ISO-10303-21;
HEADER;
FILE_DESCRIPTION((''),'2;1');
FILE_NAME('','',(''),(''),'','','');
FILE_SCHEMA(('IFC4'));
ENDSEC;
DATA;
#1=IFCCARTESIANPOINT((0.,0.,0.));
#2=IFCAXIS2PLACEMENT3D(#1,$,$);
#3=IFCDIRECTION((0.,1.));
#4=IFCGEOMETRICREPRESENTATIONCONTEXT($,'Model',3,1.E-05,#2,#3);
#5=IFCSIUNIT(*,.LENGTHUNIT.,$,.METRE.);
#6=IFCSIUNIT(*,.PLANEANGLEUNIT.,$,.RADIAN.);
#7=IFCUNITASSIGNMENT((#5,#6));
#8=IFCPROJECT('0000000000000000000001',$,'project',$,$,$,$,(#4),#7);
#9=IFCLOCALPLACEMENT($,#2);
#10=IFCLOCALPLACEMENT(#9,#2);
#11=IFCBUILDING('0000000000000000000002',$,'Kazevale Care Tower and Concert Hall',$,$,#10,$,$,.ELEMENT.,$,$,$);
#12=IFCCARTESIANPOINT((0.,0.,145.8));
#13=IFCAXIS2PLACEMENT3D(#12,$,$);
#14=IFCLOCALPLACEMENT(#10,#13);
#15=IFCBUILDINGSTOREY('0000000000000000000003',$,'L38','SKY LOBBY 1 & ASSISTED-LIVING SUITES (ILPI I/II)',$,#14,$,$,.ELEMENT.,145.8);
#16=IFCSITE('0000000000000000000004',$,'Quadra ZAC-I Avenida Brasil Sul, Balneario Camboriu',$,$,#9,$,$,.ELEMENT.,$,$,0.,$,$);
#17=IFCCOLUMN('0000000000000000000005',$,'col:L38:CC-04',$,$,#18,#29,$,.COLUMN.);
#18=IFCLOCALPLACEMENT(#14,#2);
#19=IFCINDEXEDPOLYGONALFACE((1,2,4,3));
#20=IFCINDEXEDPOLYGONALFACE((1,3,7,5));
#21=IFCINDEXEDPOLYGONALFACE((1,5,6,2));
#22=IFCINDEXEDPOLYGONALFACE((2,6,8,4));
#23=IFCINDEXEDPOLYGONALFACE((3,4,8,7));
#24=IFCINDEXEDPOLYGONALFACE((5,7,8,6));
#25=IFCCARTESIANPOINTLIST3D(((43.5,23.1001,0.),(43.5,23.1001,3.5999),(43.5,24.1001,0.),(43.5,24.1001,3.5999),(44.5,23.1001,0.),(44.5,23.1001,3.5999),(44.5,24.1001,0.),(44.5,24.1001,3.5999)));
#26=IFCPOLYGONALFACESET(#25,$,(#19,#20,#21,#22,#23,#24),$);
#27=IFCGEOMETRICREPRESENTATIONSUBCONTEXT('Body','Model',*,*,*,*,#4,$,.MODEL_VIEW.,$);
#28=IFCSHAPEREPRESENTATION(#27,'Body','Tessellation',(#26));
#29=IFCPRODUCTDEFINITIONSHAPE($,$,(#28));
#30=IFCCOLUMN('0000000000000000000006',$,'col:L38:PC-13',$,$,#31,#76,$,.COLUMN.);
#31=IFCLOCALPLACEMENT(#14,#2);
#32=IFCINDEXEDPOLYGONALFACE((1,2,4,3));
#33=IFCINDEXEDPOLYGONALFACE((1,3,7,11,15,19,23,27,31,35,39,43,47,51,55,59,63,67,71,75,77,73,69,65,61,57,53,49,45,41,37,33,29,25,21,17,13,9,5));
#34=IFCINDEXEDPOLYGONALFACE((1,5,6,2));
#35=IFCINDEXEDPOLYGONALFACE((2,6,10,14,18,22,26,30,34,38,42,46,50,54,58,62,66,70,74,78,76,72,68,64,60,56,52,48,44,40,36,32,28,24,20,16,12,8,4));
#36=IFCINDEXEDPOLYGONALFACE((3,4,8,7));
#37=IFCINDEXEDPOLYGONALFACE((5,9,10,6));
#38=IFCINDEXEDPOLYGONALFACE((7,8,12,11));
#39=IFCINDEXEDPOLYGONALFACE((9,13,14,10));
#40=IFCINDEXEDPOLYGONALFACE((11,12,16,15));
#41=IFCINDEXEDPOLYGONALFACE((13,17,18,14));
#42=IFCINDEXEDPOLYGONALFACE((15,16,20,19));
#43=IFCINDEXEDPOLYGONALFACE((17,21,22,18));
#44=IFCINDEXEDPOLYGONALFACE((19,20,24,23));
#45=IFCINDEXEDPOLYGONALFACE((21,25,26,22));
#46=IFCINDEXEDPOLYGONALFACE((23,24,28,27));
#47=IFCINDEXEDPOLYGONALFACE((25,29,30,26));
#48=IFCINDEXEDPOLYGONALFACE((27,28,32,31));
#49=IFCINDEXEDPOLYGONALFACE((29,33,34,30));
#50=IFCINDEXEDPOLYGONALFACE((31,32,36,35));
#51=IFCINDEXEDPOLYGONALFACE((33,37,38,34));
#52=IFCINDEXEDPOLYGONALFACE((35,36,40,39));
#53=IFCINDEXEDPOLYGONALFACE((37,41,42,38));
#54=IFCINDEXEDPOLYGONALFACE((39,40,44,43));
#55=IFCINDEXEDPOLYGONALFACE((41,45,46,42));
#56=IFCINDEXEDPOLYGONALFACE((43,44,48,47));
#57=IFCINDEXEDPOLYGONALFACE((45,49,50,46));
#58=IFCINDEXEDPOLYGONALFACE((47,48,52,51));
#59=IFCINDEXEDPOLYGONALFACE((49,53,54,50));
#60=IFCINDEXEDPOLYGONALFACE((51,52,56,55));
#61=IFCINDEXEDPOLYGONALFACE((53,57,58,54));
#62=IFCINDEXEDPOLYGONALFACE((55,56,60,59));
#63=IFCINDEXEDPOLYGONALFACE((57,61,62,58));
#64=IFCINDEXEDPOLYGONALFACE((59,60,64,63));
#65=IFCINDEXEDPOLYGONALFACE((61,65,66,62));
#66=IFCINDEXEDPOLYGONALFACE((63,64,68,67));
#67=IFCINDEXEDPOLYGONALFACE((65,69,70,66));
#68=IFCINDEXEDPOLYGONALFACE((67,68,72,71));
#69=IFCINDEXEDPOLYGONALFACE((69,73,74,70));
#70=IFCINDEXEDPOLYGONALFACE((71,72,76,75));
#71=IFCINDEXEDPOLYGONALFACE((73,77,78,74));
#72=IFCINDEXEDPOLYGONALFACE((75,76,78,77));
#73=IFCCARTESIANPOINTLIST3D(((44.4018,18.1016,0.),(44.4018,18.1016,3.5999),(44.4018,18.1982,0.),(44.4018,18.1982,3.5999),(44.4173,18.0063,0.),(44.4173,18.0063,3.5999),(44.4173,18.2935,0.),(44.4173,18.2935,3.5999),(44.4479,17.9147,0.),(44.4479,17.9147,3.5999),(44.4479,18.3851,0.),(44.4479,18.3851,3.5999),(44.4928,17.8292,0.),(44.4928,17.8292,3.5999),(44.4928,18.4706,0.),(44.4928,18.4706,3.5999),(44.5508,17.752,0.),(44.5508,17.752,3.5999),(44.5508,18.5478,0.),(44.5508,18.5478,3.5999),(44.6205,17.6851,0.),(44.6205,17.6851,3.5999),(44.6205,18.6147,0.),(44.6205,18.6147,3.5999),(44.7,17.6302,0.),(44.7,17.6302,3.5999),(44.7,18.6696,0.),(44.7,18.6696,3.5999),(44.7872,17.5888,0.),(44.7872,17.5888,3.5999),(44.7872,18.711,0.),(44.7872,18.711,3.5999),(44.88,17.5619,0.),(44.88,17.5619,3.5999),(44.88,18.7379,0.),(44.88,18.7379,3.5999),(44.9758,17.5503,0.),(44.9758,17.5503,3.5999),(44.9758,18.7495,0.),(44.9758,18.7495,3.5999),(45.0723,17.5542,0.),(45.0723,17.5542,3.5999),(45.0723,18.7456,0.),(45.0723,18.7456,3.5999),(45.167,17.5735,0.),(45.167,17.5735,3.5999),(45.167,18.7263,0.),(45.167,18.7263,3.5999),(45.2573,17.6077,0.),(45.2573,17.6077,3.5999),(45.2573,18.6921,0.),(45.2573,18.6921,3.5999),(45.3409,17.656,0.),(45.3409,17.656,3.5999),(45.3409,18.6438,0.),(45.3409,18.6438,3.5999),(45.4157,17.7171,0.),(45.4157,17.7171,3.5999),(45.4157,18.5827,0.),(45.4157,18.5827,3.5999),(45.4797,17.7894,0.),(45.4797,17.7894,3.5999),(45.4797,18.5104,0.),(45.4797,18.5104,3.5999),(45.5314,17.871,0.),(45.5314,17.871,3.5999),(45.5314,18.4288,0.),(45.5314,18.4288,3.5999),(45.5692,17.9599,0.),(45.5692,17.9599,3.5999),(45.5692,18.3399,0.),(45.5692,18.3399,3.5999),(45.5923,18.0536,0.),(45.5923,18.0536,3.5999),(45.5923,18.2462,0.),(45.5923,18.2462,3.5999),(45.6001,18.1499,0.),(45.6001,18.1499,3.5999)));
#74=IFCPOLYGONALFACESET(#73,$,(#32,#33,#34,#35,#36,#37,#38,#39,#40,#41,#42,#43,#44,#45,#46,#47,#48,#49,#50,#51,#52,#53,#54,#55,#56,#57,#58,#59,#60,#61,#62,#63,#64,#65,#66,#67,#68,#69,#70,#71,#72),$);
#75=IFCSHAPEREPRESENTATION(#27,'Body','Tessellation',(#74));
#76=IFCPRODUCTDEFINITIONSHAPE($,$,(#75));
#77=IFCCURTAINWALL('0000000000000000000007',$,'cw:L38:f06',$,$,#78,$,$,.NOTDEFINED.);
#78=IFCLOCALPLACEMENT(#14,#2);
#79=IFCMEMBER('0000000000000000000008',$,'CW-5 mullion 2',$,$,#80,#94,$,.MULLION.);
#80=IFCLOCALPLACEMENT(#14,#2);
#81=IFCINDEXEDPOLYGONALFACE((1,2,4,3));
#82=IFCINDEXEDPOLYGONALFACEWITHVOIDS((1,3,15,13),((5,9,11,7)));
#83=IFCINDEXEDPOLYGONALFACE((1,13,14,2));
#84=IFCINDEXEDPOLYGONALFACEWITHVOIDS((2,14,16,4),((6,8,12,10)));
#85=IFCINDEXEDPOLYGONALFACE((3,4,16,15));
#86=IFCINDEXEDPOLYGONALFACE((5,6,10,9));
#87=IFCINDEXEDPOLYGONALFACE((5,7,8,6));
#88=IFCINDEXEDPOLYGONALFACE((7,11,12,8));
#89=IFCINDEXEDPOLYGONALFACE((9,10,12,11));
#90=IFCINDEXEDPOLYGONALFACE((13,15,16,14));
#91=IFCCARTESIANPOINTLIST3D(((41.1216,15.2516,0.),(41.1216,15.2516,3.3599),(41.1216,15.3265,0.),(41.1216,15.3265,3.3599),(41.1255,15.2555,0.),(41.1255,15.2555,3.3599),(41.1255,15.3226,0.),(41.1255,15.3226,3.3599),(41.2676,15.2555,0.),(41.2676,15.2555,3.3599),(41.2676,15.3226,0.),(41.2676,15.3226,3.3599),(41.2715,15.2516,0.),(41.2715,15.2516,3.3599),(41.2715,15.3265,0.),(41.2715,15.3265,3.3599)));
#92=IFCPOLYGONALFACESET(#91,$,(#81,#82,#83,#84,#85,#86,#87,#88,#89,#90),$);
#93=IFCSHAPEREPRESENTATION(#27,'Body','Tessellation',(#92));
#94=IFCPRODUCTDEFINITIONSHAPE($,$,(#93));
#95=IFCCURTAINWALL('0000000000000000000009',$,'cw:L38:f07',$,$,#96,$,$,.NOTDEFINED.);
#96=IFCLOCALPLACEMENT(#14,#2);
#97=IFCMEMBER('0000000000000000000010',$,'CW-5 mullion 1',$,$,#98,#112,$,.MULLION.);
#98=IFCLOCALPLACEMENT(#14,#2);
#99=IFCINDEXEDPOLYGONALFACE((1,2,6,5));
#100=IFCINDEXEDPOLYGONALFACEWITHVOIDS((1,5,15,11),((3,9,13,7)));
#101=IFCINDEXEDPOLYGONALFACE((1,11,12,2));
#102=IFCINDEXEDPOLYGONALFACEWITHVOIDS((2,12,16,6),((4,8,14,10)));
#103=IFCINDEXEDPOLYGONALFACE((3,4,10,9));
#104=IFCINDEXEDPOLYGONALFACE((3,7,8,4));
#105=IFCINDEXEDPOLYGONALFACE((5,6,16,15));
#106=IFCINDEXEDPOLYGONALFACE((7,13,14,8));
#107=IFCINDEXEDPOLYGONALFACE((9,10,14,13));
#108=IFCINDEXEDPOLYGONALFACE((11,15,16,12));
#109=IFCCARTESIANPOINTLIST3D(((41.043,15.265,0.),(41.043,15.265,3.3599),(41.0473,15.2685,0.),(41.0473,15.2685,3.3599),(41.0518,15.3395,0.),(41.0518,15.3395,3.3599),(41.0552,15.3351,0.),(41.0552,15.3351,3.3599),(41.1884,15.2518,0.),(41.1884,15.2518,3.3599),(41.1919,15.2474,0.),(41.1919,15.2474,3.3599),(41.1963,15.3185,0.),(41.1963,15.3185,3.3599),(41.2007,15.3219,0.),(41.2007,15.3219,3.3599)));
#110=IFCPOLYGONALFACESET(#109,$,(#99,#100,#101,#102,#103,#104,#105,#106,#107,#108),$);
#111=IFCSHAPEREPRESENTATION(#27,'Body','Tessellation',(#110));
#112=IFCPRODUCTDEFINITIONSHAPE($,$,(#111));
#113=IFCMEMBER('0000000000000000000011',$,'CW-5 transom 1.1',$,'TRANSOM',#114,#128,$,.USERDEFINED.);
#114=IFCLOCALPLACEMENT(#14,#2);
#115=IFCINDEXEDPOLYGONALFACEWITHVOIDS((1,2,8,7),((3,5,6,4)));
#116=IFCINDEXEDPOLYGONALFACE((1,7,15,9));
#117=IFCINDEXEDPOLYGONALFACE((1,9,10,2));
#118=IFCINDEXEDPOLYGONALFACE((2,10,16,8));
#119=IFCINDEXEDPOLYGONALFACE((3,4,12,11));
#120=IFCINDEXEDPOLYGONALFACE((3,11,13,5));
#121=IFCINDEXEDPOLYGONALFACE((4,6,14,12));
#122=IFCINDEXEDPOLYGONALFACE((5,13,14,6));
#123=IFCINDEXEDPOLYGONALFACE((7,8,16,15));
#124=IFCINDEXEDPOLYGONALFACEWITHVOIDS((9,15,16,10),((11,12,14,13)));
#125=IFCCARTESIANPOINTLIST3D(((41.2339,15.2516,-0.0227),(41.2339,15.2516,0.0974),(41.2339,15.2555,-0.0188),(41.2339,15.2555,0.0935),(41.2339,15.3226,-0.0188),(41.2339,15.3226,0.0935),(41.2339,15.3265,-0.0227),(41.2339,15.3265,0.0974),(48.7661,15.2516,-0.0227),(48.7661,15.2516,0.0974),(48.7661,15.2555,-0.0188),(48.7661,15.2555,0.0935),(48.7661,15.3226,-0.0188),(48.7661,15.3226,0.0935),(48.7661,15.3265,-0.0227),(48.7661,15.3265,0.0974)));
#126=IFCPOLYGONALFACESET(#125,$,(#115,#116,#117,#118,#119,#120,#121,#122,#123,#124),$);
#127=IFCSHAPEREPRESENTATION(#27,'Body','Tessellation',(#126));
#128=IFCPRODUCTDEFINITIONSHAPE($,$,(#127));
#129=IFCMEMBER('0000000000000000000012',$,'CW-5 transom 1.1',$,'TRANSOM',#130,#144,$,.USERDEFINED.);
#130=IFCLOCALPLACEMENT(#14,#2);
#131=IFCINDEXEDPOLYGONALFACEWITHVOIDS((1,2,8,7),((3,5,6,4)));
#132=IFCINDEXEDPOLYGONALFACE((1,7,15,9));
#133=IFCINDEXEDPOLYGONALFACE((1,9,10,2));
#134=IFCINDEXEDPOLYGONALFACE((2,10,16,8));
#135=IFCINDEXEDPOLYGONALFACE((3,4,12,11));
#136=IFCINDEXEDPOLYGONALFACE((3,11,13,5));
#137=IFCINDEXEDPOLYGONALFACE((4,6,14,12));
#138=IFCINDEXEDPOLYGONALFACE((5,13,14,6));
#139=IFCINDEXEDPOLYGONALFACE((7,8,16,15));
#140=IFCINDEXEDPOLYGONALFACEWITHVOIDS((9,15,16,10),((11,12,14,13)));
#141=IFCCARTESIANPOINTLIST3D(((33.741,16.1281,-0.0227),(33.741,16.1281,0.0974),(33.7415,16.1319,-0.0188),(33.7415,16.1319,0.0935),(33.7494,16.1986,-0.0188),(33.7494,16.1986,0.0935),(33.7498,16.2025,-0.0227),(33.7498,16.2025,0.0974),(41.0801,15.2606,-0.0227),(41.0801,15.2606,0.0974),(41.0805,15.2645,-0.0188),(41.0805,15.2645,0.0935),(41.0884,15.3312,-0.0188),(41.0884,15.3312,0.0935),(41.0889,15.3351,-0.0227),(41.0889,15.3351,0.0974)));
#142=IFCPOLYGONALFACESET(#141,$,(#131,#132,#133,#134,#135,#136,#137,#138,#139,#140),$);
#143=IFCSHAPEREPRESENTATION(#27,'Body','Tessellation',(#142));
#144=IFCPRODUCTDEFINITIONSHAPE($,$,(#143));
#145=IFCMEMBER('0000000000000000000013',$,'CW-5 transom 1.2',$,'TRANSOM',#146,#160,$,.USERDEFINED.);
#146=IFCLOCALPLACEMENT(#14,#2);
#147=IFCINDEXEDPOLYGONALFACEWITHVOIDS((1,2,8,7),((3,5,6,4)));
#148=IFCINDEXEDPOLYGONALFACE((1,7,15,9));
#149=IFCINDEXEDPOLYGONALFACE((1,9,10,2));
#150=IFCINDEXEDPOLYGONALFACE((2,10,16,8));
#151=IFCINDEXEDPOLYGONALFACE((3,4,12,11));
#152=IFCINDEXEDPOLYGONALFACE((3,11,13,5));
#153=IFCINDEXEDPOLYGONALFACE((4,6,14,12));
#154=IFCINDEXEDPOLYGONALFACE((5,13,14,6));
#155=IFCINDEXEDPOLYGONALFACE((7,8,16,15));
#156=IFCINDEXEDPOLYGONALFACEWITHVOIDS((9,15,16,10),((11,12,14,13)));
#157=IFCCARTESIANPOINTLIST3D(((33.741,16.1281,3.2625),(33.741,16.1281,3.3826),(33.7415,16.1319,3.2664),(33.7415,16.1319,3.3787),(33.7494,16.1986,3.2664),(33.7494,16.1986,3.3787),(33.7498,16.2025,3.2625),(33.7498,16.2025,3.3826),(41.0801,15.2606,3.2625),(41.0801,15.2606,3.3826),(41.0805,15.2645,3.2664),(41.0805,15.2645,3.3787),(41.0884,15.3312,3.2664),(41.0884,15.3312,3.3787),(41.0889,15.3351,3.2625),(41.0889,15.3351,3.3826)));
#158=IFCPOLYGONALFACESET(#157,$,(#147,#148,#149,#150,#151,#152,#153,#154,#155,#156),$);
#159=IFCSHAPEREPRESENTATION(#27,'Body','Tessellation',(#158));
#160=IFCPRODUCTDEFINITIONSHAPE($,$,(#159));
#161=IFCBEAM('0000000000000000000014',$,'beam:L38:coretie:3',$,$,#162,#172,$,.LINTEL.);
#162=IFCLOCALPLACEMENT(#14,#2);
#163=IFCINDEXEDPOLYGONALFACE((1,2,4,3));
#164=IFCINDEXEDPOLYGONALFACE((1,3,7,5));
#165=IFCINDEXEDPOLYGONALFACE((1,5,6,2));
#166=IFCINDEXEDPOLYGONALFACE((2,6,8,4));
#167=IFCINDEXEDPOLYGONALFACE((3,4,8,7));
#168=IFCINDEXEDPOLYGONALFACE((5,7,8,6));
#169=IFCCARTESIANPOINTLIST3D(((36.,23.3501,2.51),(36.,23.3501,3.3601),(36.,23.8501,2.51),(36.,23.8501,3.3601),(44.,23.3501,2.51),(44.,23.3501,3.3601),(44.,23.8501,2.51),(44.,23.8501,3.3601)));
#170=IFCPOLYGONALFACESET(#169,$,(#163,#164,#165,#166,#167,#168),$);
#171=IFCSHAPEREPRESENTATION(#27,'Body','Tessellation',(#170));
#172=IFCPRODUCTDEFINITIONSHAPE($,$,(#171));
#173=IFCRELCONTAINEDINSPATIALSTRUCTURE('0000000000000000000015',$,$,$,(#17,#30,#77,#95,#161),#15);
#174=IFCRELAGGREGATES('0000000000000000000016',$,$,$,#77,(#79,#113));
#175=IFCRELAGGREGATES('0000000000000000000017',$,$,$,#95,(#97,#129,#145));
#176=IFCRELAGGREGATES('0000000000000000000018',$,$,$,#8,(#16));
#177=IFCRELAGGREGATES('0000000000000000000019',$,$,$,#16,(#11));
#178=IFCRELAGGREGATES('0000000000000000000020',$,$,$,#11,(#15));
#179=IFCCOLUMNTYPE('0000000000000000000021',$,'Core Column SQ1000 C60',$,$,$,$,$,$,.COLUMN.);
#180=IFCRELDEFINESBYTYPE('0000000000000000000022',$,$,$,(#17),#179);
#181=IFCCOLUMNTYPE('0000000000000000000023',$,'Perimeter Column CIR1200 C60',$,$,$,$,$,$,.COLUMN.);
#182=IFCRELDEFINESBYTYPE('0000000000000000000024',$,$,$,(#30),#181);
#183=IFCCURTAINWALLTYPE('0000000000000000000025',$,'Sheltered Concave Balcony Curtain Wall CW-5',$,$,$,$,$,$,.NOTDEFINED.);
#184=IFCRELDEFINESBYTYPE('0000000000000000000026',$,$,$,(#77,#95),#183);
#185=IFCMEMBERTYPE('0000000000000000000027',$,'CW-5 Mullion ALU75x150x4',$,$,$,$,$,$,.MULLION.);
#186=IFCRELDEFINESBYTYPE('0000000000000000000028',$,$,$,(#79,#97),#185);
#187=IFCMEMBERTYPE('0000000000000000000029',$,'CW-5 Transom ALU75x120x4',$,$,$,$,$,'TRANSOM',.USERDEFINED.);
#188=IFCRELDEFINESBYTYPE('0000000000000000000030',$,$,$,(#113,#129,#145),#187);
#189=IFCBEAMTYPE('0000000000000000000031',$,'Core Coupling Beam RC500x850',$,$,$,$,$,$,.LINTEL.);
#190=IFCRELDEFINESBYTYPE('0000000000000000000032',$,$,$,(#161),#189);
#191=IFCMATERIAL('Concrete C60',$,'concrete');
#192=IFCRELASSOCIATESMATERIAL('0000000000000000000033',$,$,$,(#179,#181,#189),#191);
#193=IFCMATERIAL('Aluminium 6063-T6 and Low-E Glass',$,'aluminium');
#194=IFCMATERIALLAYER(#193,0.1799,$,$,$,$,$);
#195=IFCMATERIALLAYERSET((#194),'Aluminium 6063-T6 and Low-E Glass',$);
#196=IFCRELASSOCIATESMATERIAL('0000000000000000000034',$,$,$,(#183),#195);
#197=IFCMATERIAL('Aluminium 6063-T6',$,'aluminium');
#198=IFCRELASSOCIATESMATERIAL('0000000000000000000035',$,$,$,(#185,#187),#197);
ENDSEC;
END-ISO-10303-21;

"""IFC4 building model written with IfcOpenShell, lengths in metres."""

from ifc_helpers import new_model, si_unit, direction, frame, origin, origin_2d, place, context, subcontext, project, spatial, rectangle, hollow_rectangle, circle, extrude, material, layer, layer_set, material_profile, profile_set, type_object, element, aggregate, save


model = new_model("IFC4")

# Units and contexts
model_context = context("Model", 3, precision=1e-05, world=origin(), true_north=direction((0.0, 1.0)))
body_context = subcontext(model_context, "Body", "Model", "MODEL_VIEW")
ifc_project = project(units=[si_unit("LENGTHUNIT", "METRE"), si_unit("PLANEANGLEUNIT", "RADIAN")], contexts=[model_context])

# Site, building, storey
site_placement = place(None, origin())
site = spatial("IfcSite", under=ifc_project, at=site_placement, Name="Quadra ZAC-I Avenida Brasil Sul, Balneario Camboriu", CompositionType="ELEMENT", RefElevation=0.0)
building_placement = place(site_placement, origin())
building = spatial("IfcBuilding", under=site, at=building_placement, Name="Kazevale Care Tower and Concert Hall", CompositionType="ELEMENT")
storey_placement = place(building_placement, frame((0.0, 0.0, 145.8)))
storey = spatial("IfcBuildingStorey", under=building, at=storey_placement, Name="L38", Description="SKY LOBBY 1 & ASSISTED-LIVING SUITES (ILPI I/II)", CompositionType="ELEMENT", Elevation=145.8)

# Columns
ifc_material_1 = material(Name="Concrete C60", Category="concrete")
ifc_material_profile_1 = material_profile(ifc_material_1, rectangle(XDim=1.0, YDim=1.0, at=origin_2d()), Name="RC-SQ1000")
ifc_profile_set_1 = profile_set([ifc_material_profile_1], Name="Concrete C60")
column_type_1 = type_object("IfcColumnType", Name="Core Column SQ1000 C60", PredefinedType="COLUMN", material=ifc_profile_set_1)
column_1_placement = place(storey_placement, frame((44.0, 23.6001, 0.0), z_axis=(0.0, 0.0, 1.0), x_axis=(1.0, 0.0, 0.0)))
element("IfcColumn", 1, at=column_1_placement, inside=storey, type_object=column_type_1, Name="col:L38:CC-04", PredefinedType="COLUMN", context=body_context, shape_type="SweptSolid", body=[
    extrude(rectangle(XDim=1.0, YDim=1.0, at=origin_2d()), origin(), (0.0, 0.0, 1.0), 3.5999),
])
ifc_material_profile_2 = material_profile(ifc_material_1, circle(Radius=0.6001, at=origin_2d()), Name="RC-CIR1200")
ifc_profile_set_2 = profile_set([ifc_material_profile_2], Name="Concrete C60")
column_type_2 = type_object("IfcColumnType", Name="Perimeter Column CIR1200 C60", PredefinedType="COLUMN", material=ifc_profile_set_2)
column_2_placement = place(storey_placement, frame((45.0, 18.1499, 0.0), z_axis=(0.0, 0.0, 1.0), x_axis=(1.0, 0.0, 0.0)))
element("IfcColumn", 2, at=column_2_placement, inside=storey, type_object=column_type_2, Name="col:L38:PC-13", PredefinedType="COLUMN", context=body_context, shape_type="SweptSolid", body=[
    extrude(circle(Radius=0.6001, at=origin_2d()), origin(), (0.0, 0.0, 1.0), 3.5999),
])

# Curtain walls, members
ifc_material_2 = material(Name="Aluminium 6063-T6 and Low-E Glass", Category="aluminium")
ifc_layer_1 = layer(ifc_material_2, 0.1799)
ifc_layer_set_1 = layer_set([ifc_layer_1], Name="Aluminium 6063-T6 and Low-E Glass")
curtain_wall_type = type_object("IfcCurtainWallType", Name="Sheltered Concave Balcony Curtain Wall CW-5", PredefinedType="NOTDEFINED", material=ifc_layer_set_1)
curtain_wall_1_placement = place(storey_placement, origin())
curtain_wall_1 = element("IfcCurtainWall", 3, at=curtain_wall_1_placement, inside=storey, type_object=curtain_wall_type, Name="cw:L38:f06", PredefinedType="NOTDEFINED")
ifc_material_3 = material(Name="Aluminium 6063-T6", Category="aluminium")
ifc_material_profile_3 = material_profile(ifc_material_3, hollow_rectangle(XDim=0.075, YDim=0.1499, WallThickness=0.0039, at=origin_2d()), Name="ALU75x150x4")
ifc_profile_set_3 = profile_set([ifc_material_profile_3], Name="Aluminium 6063-T6")
member_type_1 = type_object("IfcMemberType", Name="CW-5 Mullion ALU75x150x4", PredefinedType="MULLION", material=ifc_profile_set_3)
member_1_placement = place(storey_placement, frame((41.1965, 15.2891, 0.0), z_axis=(0.0, 0.0, 1.0), x_axis=(0.0, -1.0, 0.0)))
member_1 = element("IfcMember", 4, at=member_1_placement, type_object=member_type_1, Name="CW-5 mullion 2", PredefinedType="MULLION", context=body_context, shape_type="SweptSolid", body=[
    extrude(hollow_rectangle(XDim=0.075, YDim=0.1499, WallThickness=0.0039, at=origin_2d()), origin(), (0.0, 0.0, 1.0), 3.3599),
])
curtain_wall_2_placement = place(storey_placement, origin())
curtain_wall_2 = element("IfcCurtainWall", 5, at=curtain_wall_2_placement, inside=storey, type_object=curtain_wall_type, Name="cw:L38:f07", PredefinedType="NOTDEFINED")
member_2_placement = place(storey_placement, frame((41.1218, 15.2935, 0.0), z_axis=(0.0, 0.0, 1.0), x_axis=(-0.117372, -0.993088, 0.0)))
member_2 = element("IfcMember", 6, at=member_2_placement, type_object=member_type_1, Name="CW-5 mullion 1", PredefinedType="MULLION", context=body_context, shape_type="SweptSolid", body=[
    extrude(hollow_rectangle(XDim=0.075, YDim=0.1499, WallThickness=0.0039, at=origin_2d()), origin(), (0.0, 0.0, 1.0), 3.3599),
])

# Members
ifc_material_profile_4 = material_profile(ifc_material_3, hollow_rectangle(XDim=0.075, YDim=0.1201, WallThickness=0.0039, at=origin_2d()), Name="ALU75x120x4")
ifc_profile_set_4 = profile_set([ifc_material_profile_4], Name="Aluminium 6063-T6")
member_type_2 = type_object("IfcMemberType", Name="CW-5 Transom ALU75x120x4", ElementType="TRANSOM", PredefinedType="USERDEFINED", material=ifc_profile_set_4)
member_3_placement = place(storey_placement, frame((48.7661, 15.2891, 0.0374), z_axis=(-1.0, 0.0, 0.0), x_axis=(0.0, -1.0, 0.0)))
member_3 = element("IfcMember", 7, at=member_3_placement, type_object=member_type_2, Name="CW-5 transom 1.1", ObjectType="TRANSOM", PredefinedType="USERDEFINED", context=body_context, shape_type="SweptSolid", body=[
    extrude(hollow_rectangle(XDim=0.075, YDim=0.1201, WallThickness=0.0039, at=origin_2d()), origin(), (0.0, 0.0, 1.0), 7.5322),
])
member_4_placement = place(storey_placement, frame((41.0845, 15.2979, 0.0374), z_axis=(-0.993088, 0.117376, 0.0), x_axis=(-0.117376, -0.993088, 0.0)))
member_4 = element("IfcMember", 8, at=member_4_placement, type_object=member_type_2, Name="CW-5 transom 1.1", ObjectType="TRANSOM", PredefinedType="USERDEFINED", context=body_context, shape_type="SweptSolid", body=[
    extrude(hollow_rectangle(XDim=0.075, YDim=0.1201, WallThickness=0.0039, at=origin_2d()), origin(), (0.0, 0.0, 1.0), 7.3901),
])
member_5_placement = place(storey_placement, frame((41.0845, 15.2979, 3.3225), z_axis=(-0.993088, 0.117376, 0.0), x_axis=(-0.117376, -0.993088, 0.0)))
member_5 = element("IfcMember", 9, at=member_5_placement, type_object=member_type_2, Name="CW-5 transom 1.2", ObjectType="TRANSOM", PredefinedType="USERDEFINED", context=body_context, shape_type="SweptSolid", body=[
    extrude(hollow_rectangle(XDim=0.075, YDim=0.1201, WallThickness=0.0039, at=origin_2d()), origin(), (0.0, 0.0, 1.0), 7.3901),
])

# Beam
ifc_material_profile_5 = material_profile(ifc_material_1, rectangle(XDim=0.5, YDim=0.8501, at=origin_2d()), Name="RC-B500x850")
ifc_profile_set_5 = profile_set([ifc_material_profile_5], Name="Concrete C60")
beam_type_1 = type_object("IfcBeamType", Name="Core Coupling Beam RC500x850", PredefinedType="LINTEL", material=ifc_profile_set_5)
beam_1_placement = place(storey_placement, frame((36.0, 23.6001, 2.9351), z_axis=(1.0, 0.0, 0.0), x_axis=(0.0, 1.0, 0.0)))
element("IfcBeam", 10, at=beam_1_placement, inside=storey, type_object=beam_type_1, Name="beam:L38:coretie:3", PredefinedType="LINTEL", context=body_context, shape_type="SweptSolid", body=[
    extrude(rectangle(XDim=0.5, YDim=0.8501, at=origin_2d()), origin(), (0.0, 0.0, 1.0), 8.0),
])

aggregate(curtain_wall_1, [member_1, member_3])
aggregate(curtain_wall_2, [member_2, member_4, member_5])

save(model, "model.ifc")
